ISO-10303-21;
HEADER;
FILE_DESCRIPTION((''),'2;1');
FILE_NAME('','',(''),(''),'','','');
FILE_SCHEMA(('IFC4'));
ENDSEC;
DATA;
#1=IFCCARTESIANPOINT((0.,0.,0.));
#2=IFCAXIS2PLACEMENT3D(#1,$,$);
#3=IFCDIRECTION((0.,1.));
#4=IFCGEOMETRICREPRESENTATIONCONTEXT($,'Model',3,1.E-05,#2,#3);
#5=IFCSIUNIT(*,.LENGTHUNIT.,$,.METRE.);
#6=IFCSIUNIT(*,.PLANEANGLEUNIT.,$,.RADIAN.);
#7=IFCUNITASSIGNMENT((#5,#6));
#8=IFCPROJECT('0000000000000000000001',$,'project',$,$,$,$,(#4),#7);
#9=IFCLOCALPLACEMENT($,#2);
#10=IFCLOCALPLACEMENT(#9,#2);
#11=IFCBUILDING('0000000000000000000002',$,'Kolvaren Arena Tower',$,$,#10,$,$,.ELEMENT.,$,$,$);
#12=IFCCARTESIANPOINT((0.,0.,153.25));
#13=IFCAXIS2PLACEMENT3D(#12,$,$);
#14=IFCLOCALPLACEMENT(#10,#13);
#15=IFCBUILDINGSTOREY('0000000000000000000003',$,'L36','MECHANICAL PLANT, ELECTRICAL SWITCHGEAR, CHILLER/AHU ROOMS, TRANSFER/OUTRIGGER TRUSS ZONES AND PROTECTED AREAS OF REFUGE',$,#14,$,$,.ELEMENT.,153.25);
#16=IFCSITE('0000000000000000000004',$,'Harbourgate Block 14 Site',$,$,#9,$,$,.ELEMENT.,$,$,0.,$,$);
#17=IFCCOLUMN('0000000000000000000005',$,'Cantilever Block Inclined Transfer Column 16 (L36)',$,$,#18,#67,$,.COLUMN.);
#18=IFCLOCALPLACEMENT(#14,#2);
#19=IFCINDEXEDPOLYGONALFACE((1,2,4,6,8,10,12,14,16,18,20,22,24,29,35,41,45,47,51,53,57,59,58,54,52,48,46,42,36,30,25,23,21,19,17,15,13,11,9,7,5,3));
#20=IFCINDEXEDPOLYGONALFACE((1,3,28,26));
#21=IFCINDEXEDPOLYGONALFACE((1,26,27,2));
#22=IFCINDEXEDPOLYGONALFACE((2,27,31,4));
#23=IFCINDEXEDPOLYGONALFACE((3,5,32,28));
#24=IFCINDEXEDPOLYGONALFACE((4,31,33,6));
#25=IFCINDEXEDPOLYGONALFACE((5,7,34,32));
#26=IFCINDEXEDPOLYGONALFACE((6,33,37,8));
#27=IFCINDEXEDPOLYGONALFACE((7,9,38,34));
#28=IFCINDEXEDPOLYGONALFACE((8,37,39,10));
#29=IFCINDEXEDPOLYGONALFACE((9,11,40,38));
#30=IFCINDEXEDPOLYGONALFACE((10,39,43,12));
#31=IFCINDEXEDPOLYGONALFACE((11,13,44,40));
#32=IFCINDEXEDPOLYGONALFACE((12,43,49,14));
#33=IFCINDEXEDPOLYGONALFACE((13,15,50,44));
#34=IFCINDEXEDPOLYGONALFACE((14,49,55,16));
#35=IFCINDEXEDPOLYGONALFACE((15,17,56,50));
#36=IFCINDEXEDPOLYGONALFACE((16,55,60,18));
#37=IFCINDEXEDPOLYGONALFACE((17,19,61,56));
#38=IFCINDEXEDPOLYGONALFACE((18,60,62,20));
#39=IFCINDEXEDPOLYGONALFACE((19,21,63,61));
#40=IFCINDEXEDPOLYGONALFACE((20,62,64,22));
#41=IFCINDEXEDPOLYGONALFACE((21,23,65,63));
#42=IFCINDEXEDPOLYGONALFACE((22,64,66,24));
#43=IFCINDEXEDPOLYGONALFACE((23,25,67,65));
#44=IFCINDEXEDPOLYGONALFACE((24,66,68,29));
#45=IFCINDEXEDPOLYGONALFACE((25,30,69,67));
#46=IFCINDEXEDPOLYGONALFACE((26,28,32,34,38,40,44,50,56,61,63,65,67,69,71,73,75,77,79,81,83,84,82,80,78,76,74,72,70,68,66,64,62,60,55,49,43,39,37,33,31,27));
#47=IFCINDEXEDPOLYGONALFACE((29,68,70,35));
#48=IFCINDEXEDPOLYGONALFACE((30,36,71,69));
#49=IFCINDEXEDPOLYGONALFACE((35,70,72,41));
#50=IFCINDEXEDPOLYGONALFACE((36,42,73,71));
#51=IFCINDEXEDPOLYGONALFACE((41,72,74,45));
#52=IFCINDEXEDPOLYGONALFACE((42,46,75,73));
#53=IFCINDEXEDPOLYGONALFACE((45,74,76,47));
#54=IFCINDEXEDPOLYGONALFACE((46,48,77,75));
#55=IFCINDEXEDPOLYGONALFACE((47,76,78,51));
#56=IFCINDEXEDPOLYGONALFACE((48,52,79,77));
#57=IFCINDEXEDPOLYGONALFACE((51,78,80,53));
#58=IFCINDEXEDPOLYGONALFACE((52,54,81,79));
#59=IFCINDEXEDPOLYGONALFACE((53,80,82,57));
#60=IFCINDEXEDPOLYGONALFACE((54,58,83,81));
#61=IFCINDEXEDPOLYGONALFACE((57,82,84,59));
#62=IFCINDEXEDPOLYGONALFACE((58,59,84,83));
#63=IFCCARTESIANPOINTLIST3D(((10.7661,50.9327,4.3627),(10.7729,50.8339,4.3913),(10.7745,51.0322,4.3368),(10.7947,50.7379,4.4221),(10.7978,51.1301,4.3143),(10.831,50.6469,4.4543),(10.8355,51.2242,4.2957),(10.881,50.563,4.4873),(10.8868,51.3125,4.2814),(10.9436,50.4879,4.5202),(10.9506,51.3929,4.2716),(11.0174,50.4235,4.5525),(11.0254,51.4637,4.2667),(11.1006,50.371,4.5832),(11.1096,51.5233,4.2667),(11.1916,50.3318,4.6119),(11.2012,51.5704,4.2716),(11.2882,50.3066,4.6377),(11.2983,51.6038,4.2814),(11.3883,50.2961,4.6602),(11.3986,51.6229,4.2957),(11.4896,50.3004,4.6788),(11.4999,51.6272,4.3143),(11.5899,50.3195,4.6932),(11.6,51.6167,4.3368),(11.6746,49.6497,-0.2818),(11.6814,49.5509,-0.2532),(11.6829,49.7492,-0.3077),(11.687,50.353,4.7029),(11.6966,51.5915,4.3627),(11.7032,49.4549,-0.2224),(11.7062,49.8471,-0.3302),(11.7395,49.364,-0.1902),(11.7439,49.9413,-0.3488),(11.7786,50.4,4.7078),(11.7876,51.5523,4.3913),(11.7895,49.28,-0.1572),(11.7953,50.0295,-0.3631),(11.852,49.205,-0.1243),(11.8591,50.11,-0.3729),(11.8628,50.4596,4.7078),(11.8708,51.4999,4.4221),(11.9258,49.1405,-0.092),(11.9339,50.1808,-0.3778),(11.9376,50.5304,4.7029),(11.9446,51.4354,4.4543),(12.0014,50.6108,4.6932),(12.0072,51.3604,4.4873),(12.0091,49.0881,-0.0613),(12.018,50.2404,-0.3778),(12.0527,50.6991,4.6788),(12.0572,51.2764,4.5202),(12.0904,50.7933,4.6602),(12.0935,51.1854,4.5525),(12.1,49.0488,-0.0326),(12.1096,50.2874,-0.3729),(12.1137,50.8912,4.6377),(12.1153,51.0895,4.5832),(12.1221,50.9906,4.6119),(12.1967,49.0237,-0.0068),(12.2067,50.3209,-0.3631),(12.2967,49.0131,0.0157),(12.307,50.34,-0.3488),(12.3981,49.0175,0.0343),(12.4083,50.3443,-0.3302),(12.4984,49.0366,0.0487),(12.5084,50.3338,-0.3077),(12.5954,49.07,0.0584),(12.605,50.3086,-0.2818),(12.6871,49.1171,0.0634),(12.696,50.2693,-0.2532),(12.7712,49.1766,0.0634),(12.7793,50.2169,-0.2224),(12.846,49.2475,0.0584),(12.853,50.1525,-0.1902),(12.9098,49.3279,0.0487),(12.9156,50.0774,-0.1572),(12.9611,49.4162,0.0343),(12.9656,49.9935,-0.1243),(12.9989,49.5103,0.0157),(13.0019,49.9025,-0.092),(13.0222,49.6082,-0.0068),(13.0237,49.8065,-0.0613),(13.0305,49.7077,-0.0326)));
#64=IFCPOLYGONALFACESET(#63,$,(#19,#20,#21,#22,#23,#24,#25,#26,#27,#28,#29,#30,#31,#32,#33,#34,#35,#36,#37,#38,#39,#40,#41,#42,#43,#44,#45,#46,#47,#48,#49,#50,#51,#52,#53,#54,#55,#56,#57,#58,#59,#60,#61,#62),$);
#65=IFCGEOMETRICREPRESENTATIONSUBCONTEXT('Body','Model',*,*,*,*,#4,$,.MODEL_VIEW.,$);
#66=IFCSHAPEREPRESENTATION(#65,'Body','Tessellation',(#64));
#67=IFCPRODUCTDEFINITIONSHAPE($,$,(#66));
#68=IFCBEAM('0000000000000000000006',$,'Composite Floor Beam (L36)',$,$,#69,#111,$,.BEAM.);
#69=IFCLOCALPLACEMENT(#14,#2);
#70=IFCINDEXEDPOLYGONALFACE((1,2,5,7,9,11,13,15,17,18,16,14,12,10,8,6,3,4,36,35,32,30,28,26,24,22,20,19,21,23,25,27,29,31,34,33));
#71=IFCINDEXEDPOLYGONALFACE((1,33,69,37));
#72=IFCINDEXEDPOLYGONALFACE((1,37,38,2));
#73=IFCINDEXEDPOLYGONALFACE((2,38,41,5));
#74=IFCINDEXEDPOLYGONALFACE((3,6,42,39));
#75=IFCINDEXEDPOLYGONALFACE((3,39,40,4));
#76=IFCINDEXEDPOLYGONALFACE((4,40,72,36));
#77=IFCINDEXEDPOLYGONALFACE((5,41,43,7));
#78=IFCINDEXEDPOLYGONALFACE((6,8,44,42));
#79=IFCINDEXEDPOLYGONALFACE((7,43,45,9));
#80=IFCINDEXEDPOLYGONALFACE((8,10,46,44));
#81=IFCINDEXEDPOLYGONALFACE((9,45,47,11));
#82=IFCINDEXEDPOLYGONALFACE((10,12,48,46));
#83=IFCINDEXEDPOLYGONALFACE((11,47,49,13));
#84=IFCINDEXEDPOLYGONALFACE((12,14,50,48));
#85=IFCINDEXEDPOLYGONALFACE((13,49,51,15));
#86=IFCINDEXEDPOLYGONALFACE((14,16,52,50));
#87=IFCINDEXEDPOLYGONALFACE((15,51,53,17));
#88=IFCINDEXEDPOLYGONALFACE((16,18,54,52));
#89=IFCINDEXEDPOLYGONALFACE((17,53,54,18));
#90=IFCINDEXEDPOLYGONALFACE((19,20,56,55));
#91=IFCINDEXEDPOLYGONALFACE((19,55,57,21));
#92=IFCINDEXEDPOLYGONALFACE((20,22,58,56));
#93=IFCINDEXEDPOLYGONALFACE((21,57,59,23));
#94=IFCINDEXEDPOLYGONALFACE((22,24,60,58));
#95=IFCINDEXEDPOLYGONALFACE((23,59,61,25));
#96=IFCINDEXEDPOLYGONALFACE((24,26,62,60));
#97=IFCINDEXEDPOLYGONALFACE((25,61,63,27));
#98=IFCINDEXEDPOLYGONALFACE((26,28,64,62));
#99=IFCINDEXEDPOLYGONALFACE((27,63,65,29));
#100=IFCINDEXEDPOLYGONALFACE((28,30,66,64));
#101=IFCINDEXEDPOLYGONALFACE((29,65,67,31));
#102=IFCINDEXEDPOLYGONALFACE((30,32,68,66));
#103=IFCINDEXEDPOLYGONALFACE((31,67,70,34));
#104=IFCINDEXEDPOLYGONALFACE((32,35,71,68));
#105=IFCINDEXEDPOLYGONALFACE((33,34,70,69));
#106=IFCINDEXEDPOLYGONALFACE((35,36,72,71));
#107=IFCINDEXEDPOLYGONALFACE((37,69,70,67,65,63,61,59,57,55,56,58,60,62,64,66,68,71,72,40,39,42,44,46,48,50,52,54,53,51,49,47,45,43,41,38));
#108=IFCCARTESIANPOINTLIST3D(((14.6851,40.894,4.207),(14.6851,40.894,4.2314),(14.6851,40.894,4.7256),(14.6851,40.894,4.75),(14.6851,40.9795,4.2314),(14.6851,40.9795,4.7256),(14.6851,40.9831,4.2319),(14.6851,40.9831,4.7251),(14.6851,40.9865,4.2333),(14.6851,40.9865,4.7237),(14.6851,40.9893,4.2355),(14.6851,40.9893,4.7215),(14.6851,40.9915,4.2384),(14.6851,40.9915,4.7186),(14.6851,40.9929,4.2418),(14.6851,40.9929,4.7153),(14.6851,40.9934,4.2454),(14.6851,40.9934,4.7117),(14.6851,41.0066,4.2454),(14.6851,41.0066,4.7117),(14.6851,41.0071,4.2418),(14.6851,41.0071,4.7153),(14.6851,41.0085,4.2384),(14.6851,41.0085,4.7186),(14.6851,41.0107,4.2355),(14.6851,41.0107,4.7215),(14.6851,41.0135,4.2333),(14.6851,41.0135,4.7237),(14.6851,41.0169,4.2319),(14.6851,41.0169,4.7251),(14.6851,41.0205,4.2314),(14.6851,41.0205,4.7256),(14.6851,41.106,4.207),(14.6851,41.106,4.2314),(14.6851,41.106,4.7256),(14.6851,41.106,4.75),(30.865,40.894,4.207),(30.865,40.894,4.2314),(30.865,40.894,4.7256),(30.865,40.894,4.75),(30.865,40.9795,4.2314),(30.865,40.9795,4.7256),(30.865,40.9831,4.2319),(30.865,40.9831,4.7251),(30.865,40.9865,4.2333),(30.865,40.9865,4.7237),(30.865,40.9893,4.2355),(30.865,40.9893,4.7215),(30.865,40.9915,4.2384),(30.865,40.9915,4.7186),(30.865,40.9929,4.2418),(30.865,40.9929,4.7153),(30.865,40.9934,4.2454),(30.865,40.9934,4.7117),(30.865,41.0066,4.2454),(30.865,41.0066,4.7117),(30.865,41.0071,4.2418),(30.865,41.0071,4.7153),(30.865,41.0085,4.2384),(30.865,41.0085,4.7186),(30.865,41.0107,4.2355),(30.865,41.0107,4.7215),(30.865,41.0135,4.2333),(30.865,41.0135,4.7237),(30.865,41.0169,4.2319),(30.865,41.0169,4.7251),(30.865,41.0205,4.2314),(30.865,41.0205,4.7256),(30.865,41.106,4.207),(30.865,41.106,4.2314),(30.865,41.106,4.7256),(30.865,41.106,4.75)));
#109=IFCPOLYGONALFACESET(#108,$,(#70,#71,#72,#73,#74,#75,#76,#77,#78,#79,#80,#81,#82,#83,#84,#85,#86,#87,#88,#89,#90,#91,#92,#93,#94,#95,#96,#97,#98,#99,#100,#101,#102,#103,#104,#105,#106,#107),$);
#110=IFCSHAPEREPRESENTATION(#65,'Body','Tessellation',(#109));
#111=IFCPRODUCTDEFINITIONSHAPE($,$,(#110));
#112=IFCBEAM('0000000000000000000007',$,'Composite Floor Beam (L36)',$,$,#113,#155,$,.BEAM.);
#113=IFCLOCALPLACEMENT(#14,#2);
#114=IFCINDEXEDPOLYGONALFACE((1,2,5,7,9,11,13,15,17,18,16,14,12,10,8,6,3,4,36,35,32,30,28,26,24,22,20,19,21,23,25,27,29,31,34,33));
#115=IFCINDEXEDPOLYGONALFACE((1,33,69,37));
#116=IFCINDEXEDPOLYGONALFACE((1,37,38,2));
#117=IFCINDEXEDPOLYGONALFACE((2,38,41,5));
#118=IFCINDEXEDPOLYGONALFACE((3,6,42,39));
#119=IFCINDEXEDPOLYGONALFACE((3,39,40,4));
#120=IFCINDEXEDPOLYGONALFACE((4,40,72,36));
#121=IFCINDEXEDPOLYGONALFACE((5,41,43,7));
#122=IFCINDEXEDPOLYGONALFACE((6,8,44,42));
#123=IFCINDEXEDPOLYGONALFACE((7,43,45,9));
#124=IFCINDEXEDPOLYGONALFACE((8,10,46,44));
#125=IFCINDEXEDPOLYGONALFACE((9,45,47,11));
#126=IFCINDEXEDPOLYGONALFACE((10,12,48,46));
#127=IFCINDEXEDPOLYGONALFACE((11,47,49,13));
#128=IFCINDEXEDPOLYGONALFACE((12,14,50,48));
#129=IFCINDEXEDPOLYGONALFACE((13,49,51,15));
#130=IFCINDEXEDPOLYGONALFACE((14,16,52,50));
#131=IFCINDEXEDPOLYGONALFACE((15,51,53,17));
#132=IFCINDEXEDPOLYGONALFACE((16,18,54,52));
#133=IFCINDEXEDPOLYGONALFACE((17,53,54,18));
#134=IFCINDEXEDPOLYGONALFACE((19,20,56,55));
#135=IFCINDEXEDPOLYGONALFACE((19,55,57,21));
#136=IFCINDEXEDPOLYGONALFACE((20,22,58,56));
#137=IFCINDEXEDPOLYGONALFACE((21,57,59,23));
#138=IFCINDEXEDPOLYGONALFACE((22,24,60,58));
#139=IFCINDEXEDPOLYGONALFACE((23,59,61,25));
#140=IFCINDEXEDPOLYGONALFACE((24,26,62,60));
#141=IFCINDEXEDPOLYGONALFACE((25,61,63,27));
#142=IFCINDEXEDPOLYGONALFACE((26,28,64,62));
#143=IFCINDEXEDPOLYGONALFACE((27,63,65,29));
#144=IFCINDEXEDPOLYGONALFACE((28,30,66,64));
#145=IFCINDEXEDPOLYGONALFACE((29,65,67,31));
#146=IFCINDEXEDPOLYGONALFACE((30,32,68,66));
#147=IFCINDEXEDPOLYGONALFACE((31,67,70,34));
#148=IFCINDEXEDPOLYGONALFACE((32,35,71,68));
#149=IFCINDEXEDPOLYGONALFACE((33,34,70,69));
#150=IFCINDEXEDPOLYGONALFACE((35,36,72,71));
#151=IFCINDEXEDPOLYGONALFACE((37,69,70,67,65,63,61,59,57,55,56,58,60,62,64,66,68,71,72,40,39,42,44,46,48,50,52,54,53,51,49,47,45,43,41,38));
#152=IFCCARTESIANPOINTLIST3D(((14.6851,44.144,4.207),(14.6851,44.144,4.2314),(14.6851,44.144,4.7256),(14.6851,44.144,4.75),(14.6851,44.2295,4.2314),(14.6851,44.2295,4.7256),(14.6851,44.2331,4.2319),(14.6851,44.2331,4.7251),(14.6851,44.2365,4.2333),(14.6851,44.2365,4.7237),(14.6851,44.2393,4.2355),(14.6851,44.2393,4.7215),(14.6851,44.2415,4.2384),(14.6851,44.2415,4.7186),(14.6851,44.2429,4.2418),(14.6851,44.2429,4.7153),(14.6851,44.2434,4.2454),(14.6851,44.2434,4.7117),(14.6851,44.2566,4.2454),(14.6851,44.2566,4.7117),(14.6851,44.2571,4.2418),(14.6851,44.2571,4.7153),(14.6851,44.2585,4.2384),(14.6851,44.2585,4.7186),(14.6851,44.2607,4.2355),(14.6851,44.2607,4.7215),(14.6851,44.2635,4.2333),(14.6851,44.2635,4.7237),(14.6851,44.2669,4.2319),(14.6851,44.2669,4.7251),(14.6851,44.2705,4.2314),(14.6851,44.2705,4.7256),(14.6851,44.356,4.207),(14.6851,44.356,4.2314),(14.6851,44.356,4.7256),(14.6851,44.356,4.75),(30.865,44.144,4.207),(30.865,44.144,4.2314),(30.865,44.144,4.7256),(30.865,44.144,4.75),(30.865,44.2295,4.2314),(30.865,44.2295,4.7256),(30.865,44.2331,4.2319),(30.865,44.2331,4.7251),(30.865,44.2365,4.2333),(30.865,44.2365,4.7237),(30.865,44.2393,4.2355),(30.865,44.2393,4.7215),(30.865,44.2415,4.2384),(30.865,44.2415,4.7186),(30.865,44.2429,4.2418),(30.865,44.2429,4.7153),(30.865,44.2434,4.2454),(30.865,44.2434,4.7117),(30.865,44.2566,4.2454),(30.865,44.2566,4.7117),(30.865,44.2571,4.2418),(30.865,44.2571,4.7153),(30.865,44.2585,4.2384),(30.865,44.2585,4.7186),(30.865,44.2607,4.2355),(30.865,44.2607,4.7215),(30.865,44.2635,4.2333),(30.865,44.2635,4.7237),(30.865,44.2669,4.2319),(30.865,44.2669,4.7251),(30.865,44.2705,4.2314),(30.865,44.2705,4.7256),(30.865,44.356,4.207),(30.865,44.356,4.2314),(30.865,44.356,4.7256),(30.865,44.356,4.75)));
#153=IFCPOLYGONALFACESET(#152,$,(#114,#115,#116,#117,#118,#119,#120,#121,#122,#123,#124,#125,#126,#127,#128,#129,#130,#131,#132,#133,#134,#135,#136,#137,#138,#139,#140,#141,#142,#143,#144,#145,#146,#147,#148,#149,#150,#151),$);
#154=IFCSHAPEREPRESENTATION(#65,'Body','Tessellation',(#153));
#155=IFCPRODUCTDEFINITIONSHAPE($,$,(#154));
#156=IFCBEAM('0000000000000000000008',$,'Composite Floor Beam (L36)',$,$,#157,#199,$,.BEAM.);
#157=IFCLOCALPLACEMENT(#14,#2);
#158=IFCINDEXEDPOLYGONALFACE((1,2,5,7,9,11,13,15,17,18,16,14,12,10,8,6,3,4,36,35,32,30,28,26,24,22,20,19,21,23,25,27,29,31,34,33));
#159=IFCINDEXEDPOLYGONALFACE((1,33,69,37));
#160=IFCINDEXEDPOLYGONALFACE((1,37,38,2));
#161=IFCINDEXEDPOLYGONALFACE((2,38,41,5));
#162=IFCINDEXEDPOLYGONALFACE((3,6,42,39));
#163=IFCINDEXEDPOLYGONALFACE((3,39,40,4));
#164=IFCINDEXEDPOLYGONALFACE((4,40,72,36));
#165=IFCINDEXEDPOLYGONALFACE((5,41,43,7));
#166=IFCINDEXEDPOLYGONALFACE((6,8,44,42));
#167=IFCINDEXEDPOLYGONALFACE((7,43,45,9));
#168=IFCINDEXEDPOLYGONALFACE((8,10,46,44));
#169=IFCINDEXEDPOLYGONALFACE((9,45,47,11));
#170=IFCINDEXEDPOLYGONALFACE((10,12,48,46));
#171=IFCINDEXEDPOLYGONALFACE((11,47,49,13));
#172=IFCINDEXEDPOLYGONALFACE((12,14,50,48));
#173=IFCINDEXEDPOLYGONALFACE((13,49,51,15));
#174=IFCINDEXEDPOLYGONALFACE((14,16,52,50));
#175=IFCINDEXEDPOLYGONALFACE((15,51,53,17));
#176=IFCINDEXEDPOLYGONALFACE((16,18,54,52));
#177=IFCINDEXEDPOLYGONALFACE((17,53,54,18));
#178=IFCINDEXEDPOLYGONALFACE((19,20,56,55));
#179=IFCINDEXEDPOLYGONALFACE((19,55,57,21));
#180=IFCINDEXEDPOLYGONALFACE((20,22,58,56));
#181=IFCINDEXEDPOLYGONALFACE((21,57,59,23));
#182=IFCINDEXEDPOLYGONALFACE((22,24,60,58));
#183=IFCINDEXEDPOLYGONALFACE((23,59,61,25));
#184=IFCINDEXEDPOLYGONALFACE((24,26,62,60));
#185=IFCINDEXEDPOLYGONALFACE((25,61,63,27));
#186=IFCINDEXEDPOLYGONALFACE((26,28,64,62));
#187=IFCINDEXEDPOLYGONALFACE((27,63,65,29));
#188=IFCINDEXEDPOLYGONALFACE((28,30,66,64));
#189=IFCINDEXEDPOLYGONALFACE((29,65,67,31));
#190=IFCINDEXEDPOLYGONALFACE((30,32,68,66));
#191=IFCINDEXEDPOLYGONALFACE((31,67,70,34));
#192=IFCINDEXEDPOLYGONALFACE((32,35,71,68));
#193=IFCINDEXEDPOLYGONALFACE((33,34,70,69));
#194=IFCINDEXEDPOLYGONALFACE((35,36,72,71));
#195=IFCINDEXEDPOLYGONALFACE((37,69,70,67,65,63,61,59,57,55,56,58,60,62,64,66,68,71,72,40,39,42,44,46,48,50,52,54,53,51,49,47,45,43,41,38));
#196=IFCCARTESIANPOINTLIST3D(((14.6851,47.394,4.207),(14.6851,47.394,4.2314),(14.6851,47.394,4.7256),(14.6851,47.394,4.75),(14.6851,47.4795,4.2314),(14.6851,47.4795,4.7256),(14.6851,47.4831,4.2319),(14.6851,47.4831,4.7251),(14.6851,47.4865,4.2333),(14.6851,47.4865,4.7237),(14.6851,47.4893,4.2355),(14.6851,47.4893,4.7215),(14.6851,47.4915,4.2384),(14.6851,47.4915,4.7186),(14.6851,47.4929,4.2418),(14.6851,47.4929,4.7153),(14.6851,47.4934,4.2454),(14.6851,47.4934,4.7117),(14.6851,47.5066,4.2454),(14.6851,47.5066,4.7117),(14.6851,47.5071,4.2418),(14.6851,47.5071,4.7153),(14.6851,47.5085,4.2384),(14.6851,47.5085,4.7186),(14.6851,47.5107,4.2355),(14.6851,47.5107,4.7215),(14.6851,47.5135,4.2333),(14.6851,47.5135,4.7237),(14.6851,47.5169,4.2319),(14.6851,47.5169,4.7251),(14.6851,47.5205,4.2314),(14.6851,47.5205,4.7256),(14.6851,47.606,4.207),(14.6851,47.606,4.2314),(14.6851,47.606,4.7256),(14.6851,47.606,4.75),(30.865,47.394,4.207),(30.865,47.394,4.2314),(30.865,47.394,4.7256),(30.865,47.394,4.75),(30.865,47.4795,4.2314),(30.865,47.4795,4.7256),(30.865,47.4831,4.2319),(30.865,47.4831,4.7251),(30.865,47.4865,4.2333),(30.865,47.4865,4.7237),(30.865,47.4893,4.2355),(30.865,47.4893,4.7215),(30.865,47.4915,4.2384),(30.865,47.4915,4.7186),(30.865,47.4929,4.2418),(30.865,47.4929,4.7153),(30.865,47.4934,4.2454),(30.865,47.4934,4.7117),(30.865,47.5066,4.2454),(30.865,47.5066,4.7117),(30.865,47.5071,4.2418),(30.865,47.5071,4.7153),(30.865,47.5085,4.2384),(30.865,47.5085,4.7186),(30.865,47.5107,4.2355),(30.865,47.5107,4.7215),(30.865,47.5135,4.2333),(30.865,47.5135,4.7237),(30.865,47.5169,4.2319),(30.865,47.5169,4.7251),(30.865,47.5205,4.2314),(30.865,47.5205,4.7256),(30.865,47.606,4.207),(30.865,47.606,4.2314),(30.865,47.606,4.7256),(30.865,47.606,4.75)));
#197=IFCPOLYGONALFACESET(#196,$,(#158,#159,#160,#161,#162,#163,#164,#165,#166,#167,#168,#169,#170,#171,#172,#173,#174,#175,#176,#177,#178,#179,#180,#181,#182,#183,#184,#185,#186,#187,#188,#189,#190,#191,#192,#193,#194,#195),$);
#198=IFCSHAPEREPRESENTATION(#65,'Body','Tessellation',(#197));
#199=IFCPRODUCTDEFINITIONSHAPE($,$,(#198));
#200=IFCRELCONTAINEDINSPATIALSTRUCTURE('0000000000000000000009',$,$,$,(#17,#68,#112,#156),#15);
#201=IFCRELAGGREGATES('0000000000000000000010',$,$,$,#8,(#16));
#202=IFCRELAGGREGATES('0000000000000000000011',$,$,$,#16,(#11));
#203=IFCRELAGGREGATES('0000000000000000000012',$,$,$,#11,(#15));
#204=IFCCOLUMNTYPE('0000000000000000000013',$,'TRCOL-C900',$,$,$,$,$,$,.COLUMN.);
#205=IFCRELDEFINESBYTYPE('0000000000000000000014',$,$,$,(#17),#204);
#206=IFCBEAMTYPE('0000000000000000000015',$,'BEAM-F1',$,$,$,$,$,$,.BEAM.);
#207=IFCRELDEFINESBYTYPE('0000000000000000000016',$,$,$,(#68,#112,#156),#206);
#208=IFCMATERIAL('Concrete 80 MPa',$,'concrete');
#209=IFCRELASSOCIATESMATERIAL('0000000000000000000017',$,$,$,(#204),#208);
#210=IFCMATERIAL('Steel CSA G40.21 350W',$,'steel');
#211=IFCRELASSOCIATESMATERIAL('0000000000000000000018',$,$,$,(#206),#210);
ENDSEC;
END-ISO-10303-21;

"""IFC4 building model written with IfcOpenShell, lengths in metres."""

from ifc_helpers import new_model, si_unit, direction, frame, origin, origin_2d, place, context, subcontext, project, spatial, circle, i_section, extrude, material, material_profile, profile_set, type_object, element, save


model = new_model("IFC4")

# Units and contexts
model_context = context("Model", 3, precision=1e-05, world=origin(), true_north=direction((0.0, 1.0)))
body_context = subcontext(model_context, "Body", "Model", "MODEL_VIEW")
ifc_project = project(units=[si_unit("LENGTHUNIT", "METRE"), si_unit("PLANEANGLEUNIT", "RADIAN")], contexts=[model_context])

# Site, building, storey
site_placement = place(None, origin())
site = spatial("IfcSite", under=ifc_project, at=site_placement, Name="Harbourgate Block 14 Site", CompositionType="ELEMENT", RefElevation=0.0)
building_placement = place(site_placement, origin())
building = spatial("IfcBuilding", under=site, at=building_placement, Name="Kolvaren Arena Tower", CompositionType="ELEMENT")
storey_placement = place(building_placement, frame((0.0, 0.0, 153.25)))
storey = spatial("IfcBuildingStorey", under=building, at=storey_placement, Name="L36", Description="MECHANICAL PLANT, ELECTRICAL SWITCHGEAR, CHILLER/AHU ROOMS, TRANSFER/OUTRIGGER TRUSS ZONES AND PROTECTED AREAS OF REFUGE", CompositionType="ELEMENT", Elevation=153.25)

# Column
ifc_material_1 = material(Name="Concrete 80 MPa", Category="concrete")
ifc_material_profile_1 = material_profile(ifc_material_1, circle(Radius=0.6899, at=origin_2d()), Name="RC-CIRC-1380")
ifc_profile_set_1 = profile_set([ifc_material_profile_1], Name="Concrete 80 MPa")
column_type_1 = type_object("IfcColumnType", Name="TRCOL-C900", PredefinedType="COLUMN", material=ifc_profile_set_1)
column_1_placement = place(storey_placement, frame((12.3525, 49.6787, -0.1572), z_axis=(-0.18527, 0.261649, 0.947214), x_axis=(-0.816119, -0.577884, 0.0)))
element("IfcColumn", 1, at=column_1_placement, inside=storey, type_object=column_type_1, Name="Cantilever Block Inclined Transfer Column 16 (L36)", PredefinedType="COLUMN", context=body_context, shape_type="SweptSolid", body=[
    extrude(circle(Radius=0.6899, at=origin_2d()), origin(), (0.0, 0.0, 1.0), 4.9033),
])

# Beams
ifc_material_2 = material(Name="Steel CSA G40.21 350W", Category="steel")
ifc_material_profile_2 = material_profile(ifc_material_2, i_section(OverallWidth=0.2119, OverallDepth=0.543, WebThickness=0.0132, FlangeThickness=0.0244, FilletRadius=0.0139, at=origin_2d()), Name="W530x150")
ifc_profile_set_2 = profile_set([ifc_material_profile_2], Name="Steel CSA G40.21 350W")
beam_type_1 = type_object("IfcBeamType", Name="BEAM-F1", PredefinedType="BEAM", material=ifc_profile_set_2)
for number, where, z_axis, x_axis, name in (
    (2, (14.6851, 41.0, 4.4785), (1.0, 0.0, 0.0), (0.0, 1.0, 0.0), "Composite Floor Beam (L36)"),
    (3, (14.6851, 44.25, 4.4785), (1.0, 0.0, 0.0), (0.0, 1.0, 0.0), "Composite Floor Beam (L36)"),
    (4, (14.6851, 47.5, 4.4785), (1.0, 0.0, 0.0), (0.0, 1.0, 0.0), "Composite Floor Beam (L36)"),
):
    element("IfcBeam", number, at=place(storey_placement, frame(where, z_axis=z_axis, x_axis=x_axis)), inside=storey, type_object=beam_type_1, Name=name, PredefinedType="BEAM", context=body_context, shape_type="SweptSolid", body=[
        extrude(i_section(OverallWidth=0.2119, OverallDepth=0.543, WebThickness=0.0132, FlangeThickness=0.0244, FilletRadius=0.0139, at=origin_2d()), origin(), (0.0, 0.0, 1.0), 16.1799),
    ])

save(model, "model.ifc")
